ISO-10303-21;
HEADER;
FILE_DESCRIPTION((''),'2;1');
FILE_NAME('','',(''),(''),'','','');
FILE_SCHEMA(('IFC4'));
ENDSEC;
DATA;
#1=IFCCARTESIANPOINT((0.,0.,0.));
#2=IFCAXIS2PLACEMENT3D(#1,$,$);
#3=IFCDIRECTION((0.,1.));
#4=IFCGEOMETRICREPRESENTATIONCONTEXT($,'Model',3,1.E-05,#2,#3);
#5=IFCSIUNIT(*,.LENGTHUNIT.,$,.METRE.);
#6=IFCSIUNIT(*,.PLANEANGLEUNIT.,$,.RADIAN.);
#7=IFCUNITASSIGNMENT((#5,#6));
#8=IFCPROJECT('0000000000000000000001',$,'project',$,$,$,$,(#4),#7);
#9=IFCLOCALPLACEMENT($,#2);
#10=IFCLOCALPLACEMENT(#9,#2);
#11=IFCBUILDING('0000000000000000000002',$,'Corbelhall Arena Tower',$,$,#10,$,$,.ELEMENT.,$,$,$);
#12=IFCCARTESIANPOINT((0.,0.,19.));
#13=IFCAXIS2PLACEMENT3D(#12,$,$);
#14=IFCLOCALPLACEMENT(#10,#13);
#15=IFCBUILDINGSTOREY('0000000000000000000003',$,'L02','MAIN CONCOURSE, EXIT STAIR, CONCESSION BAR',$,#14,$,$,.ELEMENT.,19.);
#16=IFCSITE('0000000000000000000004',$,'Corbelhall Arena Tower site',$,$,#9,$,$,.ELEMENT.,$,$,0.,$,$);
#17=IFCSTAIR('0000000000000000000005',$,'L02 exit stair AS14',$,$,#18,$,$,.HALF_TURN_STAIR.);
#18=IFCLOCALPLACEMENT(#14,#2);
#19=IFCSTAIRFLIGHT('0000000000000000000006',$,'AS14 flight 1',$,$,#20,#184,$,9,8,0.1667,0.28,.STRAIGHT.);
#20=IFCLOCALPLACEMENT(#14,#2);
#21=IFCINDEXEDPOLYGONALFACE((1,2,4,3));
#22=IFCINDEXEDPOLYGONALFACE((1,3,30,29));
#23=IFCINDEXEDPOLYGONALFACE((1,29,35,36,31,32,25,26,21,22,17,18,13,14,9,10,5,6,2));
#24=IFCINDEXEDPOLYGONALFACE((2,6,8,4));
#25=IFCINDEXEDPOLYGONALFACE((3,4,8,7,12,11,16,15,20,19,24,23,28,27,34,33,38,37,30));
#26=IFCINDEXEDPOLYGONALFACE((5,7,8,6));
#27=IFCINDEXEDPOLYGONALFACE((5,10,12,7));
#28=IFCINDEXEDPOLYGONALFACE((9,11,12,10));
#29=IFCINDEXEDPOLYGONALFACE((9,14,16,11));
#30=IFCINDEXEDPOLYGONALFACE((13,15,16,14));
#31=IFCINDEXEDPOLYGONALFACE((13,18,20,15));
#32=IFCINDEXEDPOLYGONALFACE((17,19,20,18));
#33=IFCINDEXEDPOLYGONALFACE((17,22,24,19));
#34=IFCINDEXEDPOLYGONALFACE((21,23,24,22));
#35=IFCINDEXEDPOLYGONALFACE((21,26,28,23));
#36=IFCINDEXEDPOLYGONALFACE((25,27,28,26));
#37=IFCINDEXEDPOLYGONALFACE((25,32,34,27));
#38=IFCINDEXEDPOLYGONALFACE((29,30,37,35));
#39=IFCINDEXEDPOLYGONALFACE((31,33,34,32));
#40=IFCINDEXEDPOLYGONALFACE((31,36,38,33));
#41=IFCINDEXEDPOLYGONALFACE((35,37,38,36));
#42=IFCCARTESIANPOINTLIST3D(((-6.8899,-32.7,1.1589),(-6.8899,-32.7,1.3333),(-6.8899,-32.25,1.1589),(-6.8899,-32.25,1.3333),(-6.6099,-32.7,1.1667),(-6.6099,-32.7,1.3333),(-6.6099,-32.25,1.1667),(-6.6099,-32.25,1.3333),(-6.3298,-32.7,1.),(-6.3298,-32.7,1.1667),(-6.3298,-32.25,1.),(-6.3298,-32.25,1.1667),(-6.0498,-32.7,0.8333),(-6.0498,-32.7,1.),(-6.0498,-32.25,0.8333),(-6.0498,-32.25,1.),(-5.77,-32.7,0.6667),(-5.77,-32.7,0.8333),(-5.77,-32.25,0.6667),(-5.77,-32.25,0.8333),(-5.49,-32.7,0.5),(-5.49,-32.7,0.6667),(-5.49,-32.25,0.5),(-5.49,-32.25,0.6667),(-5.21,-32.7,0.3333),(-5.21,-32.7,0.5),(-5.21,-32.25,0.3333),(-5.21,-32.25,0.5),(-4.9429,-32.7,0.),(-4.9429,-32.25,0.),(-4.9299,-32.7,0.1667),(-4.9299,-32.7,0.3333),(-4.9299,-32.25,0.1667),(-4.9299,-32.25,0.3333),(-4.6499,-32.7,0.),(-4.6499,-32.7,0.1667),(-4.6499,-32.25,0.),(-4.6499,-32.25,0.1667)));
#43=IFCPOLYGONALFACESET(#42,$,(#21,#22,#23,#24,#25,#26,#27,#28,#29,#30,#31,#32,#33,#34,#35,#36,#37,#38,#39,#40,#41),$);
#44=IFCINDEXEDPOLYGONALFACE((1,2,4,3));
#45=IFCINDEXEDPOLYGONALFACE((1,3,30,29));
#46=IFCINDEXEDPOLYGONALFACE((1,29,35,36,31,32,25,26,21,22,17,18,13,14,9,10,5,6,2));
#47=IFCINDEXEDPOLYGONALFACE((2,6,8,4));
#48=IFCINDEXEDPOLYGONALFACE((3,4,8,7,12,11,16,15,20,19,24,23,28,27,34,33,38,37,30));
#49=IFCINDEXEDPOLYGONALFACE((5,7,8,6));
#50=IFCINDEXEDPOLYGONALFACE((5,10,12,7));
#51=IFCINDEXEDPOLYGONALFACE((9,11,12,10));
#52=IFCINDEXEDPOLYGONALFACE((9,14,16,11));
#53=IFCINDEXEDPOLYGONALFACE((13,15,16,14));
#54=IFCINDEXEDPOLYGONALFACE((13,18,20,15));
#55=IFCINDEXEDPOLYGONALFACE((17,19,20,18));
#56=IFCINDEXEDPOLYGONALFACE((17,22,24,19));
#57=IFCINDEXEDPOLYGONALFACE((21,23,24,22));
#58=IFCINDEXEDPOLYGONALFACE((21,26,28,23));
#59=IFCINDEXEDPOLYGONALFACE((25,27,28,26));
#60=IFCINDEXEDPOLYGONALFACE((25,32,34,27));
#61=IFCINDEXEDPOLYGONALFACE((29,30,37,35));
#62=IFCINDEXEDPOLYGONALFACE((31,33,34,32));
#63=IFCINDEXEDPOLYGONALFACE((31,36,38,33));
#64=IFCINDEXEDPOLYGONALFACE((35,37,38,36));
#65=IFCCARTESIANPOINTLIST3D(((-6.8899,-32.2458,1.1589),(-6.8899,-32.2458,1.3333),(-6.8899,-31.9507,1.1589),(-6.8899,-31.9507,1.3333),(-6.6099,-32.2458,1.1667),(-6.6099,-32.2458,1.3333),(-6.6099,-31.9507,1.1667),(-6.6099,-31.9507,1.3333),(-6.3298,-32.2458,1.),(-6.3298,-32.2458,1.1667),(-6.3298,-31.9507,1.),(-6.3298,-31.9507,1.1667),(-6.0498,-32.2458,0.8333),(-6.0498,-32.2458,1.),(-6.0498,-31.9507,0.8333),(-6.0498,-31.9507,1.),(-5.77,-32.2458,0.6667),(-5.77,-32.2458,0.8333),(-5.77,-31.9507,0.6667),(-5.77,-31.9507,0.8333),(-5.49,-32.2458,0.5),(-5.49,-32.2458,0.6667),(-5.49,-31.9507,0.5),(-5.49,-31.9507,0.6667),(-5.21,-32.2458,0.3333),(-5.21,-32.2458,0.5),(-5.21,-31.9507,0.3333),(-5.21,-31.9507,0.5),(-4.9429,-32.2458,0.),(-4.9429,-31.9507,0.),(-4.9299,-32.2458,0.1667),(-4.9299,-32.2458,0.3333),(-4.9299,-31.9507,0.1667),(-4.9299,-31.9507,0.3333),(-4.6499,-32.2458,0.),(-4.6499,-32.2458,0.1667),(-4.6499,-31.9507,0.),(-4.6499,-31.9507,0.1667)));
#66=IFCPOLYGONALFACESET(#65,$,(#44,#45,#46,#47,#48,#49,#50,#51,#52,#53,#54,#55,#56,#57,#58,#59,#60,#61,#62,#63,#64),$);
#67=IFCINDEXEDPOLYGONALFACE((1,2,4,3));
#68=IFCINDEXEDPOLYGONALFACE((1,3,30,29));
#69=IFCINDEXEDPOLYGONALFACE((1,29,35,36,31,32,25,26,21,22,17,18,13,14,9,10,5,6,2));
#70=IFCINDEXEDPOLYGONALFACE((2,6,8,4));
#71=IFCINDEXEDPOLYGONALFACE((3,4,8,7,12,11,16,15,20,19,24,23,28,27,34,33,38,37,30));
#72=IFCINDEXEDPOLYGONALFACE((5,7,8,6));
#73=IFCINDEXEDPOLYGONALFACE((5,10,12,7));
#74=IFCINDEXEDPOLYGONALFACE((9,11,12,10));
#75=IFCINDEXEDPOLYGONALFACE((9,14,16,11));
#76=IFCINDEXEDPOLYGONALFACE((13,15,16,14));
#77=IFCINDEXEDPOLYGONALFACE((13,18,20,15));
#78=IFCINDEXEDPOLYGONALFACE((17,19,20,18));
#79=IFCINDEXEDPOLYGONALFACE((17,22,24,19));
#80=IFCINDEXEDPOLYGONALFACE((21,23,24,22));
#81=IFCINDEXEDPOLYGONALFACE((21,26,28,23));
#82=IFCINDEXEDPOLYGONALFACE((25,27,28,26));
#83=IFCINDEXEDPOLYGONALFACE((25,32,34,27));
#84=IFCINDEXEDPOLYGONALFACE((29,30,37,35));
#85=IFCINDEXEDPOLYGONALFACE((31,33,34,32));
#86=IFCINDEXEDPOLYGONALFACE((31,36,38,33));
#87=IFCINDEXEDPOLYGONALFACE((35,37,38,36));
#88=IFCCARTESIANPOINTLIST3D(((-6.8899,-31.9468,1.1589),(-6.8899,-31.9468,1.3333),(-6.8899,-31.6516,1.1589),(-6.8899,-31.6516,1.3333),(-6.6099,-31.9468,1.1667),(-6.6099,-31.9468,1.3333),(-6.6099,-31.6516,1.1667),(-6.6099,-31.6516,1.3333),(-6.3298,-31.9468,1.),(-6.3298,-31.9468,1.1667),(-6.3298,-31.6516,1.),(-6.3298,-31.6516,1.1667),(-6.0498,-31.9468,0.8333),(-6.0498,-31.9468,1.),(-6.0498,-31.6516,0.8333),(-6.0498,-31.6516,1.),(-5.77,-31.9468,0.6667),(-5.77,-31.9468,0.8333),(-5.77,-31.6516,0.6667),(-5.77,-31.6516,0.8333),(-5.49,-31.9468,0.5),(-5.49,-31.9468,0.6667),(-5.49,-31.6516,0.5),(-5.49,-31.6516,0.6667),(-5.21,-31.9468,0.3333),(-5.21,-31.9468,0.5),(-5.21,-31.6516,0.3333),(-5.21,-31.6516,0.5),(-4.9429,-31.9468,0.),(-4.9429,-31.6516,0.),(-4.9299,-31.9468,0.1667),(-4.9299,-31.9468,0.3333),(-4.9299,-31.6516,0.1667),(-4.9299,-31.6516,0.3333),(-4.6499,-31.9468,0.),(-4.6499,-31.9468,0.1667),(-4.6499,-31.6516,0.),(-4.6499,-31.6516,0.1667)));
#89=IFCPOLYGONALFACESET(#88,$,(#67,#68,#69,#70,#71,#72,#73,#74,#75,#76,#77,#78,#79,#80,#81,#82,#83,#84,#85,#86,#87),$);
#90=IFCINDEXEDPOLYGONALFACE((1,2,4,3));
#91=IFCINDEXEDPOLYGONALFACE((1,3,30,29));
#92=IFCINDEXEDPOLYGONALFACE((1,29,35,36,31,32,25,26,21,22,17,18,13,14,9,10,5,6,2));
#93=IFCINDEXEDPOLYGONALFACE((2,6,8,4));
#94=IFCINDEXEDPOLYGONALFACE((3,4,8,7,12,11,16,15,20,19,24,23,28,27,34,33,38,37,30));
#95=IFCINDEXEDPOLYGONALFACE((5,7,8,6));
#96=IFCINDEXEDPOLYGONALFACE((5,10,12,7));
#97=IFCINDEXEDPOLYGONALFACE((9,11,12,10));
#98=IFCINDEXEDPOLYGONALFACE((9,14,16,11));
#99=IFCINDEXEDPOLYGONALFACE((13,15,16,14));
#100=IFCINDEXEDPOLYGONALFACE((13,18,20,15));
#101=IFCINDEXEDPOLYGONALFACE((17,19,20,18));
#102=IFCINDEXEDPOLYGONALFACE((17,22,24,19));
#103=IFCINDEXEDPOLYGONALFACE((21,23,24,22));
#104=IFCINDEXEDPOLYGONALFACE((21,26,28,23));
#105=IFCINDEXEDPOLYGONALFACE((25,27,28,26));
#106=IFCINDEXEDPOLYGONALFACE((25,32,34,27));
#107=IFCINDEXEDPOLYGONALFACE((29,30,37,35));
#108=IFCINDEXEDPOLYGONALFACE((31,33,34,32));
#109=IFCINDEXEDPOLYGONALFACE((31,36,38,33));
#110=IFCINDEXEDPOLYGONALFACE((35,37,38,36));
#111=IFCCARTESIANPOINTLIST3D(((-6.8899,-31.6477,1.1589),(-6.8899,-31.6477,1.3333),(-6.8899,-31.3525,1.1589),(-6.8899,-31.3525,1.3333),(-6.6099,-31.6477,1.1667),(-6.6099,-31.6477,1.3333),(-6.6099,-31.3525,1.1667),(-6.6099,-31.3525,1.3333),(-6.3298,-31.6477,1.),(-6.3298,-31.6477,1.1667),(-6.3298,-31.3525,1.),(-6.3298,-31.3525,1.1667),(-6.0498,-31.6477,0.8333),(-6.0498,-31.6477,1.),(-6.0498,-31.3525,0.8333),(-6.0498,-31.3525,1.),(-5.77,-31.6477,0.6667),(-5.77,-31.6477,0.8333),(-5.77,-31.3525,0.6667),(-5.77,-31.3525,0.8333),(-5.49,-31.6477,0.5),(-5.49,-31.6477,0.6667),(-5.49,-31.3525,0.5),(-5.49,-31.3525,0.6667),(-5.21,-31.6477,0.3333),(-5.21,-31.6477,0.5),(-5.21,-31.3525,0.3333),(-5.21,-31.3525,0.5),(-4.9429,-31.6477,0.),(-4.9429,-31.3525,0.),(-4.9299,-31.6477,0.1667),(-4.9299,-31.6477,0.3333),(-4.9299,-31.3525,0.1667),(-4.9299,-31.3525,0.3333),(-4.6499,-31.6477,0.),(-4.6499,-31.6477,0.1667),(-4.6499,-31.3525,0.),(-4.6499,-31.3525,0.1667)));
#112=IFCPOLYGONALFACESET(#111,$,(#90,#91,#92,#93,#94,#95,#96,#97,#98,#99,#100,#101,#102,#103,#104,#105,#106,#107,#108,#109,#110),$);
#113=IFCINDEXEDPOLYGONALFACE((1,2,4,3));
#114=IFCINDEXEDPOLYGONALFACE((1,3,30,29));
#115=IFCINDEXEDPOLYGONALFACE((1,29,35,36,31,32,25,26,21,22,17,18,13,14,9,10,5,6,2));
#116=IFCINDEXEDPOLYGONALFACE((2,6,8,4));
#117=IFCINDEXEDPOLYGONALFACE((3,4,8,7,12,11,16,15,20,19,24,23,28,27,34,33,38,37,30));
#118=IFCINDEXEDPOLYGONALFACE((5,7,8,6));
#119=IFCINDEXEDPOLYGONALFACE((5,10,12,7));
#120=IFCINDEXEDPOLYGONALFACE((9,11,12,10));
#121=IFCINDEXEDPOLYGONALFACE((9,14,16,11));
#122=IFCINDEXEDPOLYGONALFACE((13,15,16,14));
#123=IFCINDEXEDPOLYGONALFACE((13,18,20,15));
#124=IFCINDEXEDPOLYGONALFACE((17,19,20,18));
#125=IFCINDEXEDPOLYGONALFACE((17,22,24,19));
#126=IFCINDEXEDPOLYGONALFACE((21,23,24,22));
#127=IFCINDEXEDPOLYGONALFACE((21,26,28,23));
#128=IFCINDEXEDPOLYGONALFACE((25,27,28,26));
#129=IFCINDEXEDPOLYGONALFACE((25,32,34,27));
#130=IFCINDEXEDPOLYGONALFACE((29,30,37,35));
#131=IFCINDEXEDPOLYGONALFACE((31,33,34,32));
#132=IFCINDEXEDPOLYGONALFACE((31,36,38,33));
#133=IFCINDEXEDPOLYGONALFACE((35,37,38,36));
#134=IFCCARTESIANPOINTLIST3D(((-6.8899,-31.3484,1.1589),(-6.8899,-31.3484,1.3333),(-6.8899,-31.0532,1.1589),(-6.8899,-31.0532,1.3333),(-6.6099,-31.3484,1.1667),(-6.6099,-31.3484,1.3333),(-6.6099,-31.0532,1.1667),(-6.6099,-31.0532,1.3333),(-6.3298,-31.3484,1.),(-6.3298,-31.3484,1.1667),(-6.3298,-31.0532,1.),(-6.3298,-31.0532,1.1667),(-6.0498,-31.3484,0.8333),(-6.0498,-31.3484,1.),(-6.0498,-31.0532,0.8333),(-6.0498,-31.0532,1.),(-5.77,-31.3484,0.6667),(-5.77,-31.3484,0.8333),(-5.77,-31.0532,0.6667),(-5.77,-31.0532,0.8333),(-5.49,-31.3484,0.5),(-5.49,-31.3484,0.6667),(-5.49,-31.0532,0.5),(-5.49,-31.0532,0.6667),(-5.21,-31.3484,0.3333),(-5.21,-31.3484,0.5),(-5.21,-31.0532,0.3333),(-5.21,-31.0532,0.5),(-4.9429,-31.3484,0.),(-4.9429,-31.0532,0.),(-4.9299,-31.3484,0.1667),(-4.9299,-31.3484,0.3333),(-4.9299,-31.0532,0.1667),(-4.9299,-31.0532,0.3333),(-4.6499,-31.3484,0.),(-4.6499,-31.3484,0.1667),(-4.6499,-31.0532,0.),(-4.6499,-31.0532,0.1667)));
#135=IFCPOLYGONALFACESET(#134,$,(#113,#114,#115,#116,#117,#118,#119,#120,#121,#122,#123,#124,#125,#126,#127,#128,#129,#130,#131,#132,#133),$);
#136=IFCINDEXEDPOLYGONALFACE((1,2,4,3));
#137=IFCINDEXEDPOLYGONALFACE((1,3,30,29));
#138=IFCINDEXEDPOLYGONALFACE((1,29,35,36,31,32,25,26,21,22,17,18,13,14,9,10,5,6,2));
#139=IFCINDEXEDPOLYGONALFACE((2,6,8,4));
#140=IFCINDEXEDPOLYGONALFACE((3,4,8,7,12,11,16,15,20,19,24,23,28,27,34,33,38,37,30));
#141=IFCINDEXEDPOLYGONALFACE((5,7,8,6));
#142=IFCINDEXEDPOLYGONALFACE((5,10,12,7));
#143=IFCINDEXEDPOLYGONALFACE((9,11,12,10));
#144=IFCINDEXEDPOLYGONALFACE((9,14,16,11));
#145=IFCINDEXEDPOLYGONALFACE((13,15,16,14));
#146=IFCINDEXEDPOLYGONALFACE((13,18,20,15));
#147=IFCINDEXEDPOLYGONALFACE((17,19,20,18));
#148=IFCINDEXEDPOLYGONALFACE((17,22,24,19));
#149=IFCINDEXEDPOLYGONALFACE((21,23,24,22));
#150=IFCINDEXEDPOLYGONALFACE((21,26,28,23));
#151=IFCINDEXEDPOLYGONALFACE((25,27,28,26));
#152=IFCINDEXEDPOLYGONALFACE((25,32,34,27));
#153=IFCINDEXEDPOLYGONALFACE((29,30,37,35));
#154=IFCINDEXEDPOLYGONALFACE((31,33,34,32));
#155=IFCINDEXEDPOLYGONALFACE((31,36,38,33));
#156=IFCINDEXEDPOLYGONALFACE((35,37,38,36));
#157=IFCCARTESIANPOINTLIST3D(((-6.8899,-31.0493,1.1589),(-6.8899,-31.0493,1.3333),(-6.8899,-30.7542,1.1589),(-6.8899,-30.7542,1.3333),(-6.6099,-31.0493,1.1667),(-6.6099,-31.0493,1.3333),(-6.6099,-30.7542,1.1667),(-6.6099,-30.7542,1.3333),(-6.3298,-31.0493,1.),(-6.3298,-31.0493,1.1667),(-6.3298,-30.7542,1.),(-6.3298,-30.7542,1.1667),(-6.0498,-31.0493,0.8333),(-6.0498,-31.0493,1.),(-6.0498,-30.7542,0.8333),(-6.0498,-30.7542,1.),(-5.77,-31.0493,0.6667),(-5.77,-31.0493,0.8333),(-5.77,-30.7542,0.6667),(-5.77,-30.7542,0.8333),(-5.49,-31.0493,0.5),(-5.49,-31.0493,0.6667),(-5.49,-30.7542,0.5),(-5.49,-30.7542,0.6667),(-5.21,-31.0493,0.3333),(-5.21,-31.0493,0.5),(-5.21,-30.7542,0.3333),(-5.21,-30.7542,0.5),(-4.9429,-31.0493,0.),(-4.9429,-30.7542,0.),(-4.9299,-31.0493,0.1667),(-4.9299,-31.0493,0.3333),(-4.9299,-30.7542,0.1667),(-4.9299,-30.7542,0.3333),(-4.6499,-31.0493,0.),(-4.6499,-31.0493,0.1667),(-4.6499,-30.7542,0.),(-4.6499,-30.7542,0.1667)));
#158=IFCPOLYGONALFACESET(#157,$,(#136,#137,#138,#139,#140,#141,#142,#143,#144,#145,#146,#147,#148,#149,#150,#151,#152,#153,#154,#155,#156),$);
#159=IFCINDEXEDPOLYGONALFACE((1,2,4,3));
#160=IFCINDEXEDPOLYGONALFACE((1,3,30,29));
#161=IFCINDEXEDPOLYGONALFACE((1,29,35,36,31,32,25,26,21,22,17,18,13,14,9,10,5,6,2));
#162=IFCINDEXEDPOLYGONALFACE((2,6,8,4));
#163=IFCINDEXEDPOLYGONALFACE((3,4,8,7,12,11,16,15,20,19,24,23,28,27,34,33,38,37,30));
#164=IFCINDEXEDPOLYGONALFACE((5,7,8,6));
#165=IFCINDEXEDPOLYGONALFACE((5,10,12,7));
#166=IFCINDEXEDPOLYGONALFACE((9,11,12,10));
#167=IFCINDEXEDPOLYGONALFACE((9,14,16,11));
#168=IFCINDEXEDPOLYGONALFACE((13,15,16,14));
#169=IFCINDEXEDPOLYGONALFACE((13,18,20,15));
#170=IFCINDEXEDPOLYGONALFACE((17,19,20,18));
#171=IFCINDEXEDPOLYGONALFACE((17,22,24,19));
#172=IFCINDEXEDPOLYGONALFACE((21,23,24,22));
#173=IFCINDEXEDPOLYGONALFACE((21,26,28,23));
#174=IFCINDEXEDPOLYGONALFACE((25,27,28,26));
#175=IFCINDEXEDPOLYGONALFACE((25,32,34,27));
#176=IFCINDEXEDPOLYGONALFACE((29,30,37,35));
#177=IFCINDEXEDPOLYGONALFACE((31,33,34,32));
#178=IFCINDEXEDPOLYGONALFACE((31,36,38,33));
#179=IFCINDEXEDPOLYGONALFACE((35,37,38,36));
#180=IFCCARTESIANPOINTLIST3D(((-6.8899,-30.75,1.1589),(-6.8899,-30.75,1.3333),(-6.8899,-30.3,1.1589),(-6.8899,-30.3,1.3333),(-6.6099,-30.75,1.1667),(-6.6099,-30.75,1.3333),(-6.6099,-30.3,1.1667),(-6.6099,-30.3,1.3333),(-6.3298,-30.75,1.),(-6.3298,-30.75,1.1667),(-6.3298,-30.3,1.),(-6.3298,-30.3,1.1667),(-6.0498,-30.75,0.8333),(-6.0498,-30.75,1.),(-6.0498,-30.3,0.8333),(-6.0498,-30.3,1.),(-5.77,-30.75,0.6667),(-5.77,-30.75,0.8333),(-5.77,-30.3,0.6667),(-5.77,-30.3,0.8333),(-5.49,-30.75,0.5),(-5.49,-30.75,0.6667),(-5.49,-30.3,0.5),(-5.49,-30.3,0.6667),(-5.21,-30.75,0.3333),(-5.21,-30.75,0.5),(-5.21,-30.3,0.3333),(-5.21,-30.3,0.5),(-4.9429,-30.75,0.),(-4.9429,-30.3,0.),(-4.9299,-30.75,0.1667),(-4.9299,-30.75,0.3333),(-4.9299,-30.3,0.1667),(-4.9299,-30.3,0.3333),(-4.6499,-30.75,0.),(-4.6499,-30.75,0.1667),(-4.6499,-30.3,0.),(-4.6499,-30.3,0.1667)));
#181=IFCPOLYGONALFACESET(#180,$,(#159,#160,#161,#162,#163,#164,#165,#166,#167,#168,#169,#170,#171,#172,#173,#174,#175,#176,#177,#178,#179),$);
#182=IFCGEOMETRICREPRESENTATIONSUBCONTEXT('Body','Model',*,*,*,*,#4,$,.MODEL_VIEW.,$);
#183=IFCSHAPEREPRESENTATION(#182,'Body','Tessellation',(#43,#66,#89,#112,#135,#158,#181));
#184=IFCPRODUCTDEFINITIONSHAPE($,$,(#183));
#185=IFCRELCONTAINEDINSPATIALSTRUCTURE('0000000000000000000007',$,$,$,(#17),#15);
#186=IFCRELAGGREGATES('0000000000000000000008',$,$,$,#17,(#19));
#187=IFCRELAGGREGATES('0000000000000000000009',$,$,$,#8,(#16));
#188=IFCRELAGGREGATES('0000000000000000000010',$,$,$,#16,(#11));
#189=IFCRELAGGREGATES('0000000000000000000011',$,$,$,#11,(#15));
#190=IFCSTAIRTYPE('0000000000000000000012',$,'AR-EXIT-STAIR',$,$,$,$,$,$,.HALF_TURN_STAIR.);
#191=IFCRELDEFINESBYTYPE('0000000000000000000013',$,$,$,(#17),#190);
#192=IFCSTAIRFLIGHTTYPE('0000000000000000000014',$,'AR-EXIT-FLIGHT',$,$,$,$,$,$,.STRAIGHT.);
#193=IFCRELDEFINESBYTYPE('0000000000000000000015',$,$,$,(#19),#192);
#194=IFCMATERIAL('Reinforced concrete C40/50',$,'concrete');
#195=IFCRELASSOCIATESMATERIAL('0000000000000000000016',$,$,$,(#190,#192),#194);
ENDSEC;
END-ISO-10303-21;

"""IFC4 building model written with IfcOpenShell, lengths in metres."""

from ifc_helpers import new_model, si_unit, direction, frame, origin, place, context, subcontext, project, spatial, polyline, outline, extrude, material, type_object, element, aggregate, save


model = new_model("IFC4")

# Units and contexts
model_context = context("Model", 3, precision=1e-05, world=origin(), true_north=direction((0.0, 1.0)))
body_context = subcontext(model_context, "Body", "Model", "MODEL_VIEW")
ifc_project = project(units=[si_unit("LENGTHUNIT", "METRE"), si_unit("PLANEANGLEUNIT", "RADIAN")], contexts=[model_context])

# Site, building, storey
site_placement = place(None, origin())
site = spatial("IfcSite", under=ifc_project, at=site_placement, Name="Corbelhall Arena Tower site", CompositionType="ELEMENT", RefElevation=0.0)
building_placement = place(site_placement, origin())
building = spatial("IfcBuilding", under=site, at=building_placement, Name="Corbelhall Arena Tower", CompositionType="ELEMENT")
storey_placement = place(building_placement, frame((0.0, 0.0, 19.0)))
storey = spatial("IfcBuildingStorey", under=building, at=storey_placement, Name="L02", Description="MAIN CONCOURSE, EXIT STAIR, CONCESSION BAR", CompositionType="ELEMENT", Elevation=19.0)

# Shared definitions
ifc_material_1 = material(Name="Reinforced concrete C40/50", Category="concrete")

# Stair, stair flight
stair_type = type_object("IfcStairType", Name="AR-EXIT-STAIR", PredefinedType="HALF_TURN_STAIR", material=ifc_material_1)
stair_flight_type = type_object("IfcStairFlightType", Name="AR-EXIT-FLIGHT", PredefinedType="STRAIGHT", material=ifc_material_1)
stair_1_placement = place(storey_placement, origin())
stair_1 = element("IfcStair", 1, at=stair_1_placement, inside=storey, type_object=stair_type, Name="L02 exit stair AS14", PredefinedType="HALF_TURN_STAIR")
stair_flight_1_placement = place(storey_placement, frame((-4.6499, -31.5, 0.0), z_axis=(0.0, 0.0, 1.0), x_axis=(-1.0, 0.0, 0.0)))
stair_flight_1 = element("IfcStairFlight", 2, at=stair_flight_1_placement, type_object=stair_flight_type, Name="AS14 flight 1", NumberOfRisers=9, NumberOfTreads=8, PredefinedType="STRAIGHT", RiserHeight=0.1667, TreadLength=0.28, context=body_context, shape_type="SweptSolid", body=[
    extrude(outline(polyline([(0.0, 0.0), (0.0, 0.1667), (0.28, 0.1667), (0.28, 0.3333), (0.5601, 0.3333), (0.5601, 0.5), (0.8401, 0.5), (0.8401, 0.6667), (1.1201, 0.6667), (1.1201, 0.8333), (1.3999, 0.8333), (1.3999, 1.0), (1.6799, 1.0), (1.6799, 1.1667), (1.96, 1.1667), (1.96, 1.3333), (2.24, 1.3333), (2.24, 1.5), (2.24, 1.1589), (0.293, 0.0), (0.0, 0.0)])), frame((0.0, 1.2, 0.0), z_axis=(0.0, -1.0, 0.0), x_axis=(1.0, 0.0, 0.0)), (0.0, 0.0, 1.0), 0.45),
    extrude(outline(polyline([(0.0, 0.0), (0.0, 0.1667), (0.28, 0.1667), (0.28, 0.3333), (0.5601, 0.3333), (0.5601, 0.5), (0.8401, 0.5), (0.8401, 0.6667), (1.1201, 0.6667), (1.1201, 0.8333), (1.3999, 0.8333), (1.3999, 1.0), (1.6799, 1.0), (1.6799, 1.1667), (1.96, 1.1667), (1.96, 1.3333), (2.24, 1.3333), (2.24, 1.5), (2.24, 1.1589), (0.293, 0.0), (0.0, 0.0)])), frame((0.0, 0.7458, 0.0), z_axis=(0.0, -1.0, 0.0), x_axis=(1.0, 0.0, 0.0)), (0.0, 0.0, 1.0), 0.2952),
    extrude(outline(polyline([(0.0, 0.0), (0.0, 0.1667), (0.28, 0.1667), (0.28, 0.3333), (0.5601, 0.3333), (0.5601, 0.5), (0.8401, 0.5), (0.8401, 0.6667), (1.1201, 0.6667), (1.1201, 0.8333), (1.3999, 0.8333), (1.3999, 1.0), (1.6799, 1.0), (1.6799, 1.1667), (1.96, 1.1667), (1.96, 1.3333), (2.24, 1.3333), (2.24, 1.5), (2.24, 1.1589), (0.293, 0.0), (0.0, 0.0)])), frame((0.0, 0.4468, 0.0), z_axis=(0.0, -1.0, 0.0), x_axis=(1.0, 0.0, 0.0)), (0.0, 0.0, 1.0), 0.2952),
    extrude(outline(polyline([(0.0, 0.0), (0.0, 0.1667), (0.28, 0.1667), (0.28, 0.3333), (0.5601, 0.3333), (0.5601, 0.5), (0.8401, 0.5), (0.8401, 0.6667), (1.1201, 0.6667), (1.1201, 0.8333), (1.3999, 0.8333), (1.3999, 1.0), (1.6799, 1.0), (1.6799, 1.1667), (1.96, 1.1667), (1.96, 1.3333), (2.24, 1.3333), (2.24, 1.5), (2.24, 1.1589), (0.293, 0.0), (0.0, 0.0)])), frame((0.0, 0.1477, 0.0), z_axis=(0.0, -1.0, 0.0), x_axis=(1.0, 0.0, 0.0)), (0.0, 0.0, 1.0), 0.2952),
    extrude(outline(polyline([(0.0, 0.0), (0.0, 0.1667), (0.28, 0.1667), (0.28, 0.3333), (0.5601, 0.3333), (0.5601, 0.5), (0.8401, 0.5), (0.8401, 0.6667), (1.1201, 0.6667), (1.1201, 0.8333), (1.3999, 0.8333), (1.3999, 1.0), (1.6799, 1.0), (1.6799, 1.1667), (1.96, 1.1667), (1.96, 1.3333), (2.24, 1.3333), (2.24, 1.5), (2.24, 1.1589), (0.293, 0.0), (0.0, 0.0)])), frame((0.0, -0.1516, 0.0), z_axis=(0.0, -1.0, 0.0), x_axis=(1.0, 0.0, 0.0)), (0.0, 0.0, 1.0), 0.2952),
    extrude(outline(polyline([(0.0, 0.0), (0.0, 0.1667), (0.28, 0.1667), (0.28, 0.3333), (0.5601, 0.3333), (0.5601, 0.5), (0.8401, 0.5), (0.8401, 0.6667), (1.1201, 0.6667), (1.1201, 0.8333), (1.3999, 0.8333), (1.3999, 1.0), (1.6799, 1.0), (1.6799, 1.1667), (1.96, 1.1667), (1.96, 1.3333), (2.24, 1.3333), (2.24, 1.5), (2.24, 1.1589), (0.293, 0.0), (0.0, 0.0)])), frame((0.0, -0.4507, 0.0), z_axis=(0.0, -1.0, 0.0), x_axis=(1.0, 0.0, 0.0)), (0.0, 0.0, 1.0), 0.2952),
    extrude(outline(polyline([(0.0, 0.0), (0.0, 0.1667), (0.28, 0.1667), (0.28, 0.3333), (0.5601, 0.3333), (0.5601, 0.5), (0.8401, 0.5), (0.8401, 0.6667), (1.1201, 0.6667), (1.1201, 0.8333), (1.3999, 0.8333), (1.3999, 1.0), (1.6799, 1.0), (1.6799, 1.1667), (1.96, 1.1667), (1.96, 1.3333), (2.24, 1.3333), (2.24, 1.5), (2.24, 1.1589), (0.293, 0.0), (0.0, 0.0)])), frame((0.0, -0.75, 0.0), z_axis=(0.0, -1.0, 0.0), x_axis=(1.0, 0.0, 0.0)), (0.0, 0.0, 1.0), 0.45),
])
aggregate(stair_1, [stair_flight_1])

save(model, "model.ifc")
